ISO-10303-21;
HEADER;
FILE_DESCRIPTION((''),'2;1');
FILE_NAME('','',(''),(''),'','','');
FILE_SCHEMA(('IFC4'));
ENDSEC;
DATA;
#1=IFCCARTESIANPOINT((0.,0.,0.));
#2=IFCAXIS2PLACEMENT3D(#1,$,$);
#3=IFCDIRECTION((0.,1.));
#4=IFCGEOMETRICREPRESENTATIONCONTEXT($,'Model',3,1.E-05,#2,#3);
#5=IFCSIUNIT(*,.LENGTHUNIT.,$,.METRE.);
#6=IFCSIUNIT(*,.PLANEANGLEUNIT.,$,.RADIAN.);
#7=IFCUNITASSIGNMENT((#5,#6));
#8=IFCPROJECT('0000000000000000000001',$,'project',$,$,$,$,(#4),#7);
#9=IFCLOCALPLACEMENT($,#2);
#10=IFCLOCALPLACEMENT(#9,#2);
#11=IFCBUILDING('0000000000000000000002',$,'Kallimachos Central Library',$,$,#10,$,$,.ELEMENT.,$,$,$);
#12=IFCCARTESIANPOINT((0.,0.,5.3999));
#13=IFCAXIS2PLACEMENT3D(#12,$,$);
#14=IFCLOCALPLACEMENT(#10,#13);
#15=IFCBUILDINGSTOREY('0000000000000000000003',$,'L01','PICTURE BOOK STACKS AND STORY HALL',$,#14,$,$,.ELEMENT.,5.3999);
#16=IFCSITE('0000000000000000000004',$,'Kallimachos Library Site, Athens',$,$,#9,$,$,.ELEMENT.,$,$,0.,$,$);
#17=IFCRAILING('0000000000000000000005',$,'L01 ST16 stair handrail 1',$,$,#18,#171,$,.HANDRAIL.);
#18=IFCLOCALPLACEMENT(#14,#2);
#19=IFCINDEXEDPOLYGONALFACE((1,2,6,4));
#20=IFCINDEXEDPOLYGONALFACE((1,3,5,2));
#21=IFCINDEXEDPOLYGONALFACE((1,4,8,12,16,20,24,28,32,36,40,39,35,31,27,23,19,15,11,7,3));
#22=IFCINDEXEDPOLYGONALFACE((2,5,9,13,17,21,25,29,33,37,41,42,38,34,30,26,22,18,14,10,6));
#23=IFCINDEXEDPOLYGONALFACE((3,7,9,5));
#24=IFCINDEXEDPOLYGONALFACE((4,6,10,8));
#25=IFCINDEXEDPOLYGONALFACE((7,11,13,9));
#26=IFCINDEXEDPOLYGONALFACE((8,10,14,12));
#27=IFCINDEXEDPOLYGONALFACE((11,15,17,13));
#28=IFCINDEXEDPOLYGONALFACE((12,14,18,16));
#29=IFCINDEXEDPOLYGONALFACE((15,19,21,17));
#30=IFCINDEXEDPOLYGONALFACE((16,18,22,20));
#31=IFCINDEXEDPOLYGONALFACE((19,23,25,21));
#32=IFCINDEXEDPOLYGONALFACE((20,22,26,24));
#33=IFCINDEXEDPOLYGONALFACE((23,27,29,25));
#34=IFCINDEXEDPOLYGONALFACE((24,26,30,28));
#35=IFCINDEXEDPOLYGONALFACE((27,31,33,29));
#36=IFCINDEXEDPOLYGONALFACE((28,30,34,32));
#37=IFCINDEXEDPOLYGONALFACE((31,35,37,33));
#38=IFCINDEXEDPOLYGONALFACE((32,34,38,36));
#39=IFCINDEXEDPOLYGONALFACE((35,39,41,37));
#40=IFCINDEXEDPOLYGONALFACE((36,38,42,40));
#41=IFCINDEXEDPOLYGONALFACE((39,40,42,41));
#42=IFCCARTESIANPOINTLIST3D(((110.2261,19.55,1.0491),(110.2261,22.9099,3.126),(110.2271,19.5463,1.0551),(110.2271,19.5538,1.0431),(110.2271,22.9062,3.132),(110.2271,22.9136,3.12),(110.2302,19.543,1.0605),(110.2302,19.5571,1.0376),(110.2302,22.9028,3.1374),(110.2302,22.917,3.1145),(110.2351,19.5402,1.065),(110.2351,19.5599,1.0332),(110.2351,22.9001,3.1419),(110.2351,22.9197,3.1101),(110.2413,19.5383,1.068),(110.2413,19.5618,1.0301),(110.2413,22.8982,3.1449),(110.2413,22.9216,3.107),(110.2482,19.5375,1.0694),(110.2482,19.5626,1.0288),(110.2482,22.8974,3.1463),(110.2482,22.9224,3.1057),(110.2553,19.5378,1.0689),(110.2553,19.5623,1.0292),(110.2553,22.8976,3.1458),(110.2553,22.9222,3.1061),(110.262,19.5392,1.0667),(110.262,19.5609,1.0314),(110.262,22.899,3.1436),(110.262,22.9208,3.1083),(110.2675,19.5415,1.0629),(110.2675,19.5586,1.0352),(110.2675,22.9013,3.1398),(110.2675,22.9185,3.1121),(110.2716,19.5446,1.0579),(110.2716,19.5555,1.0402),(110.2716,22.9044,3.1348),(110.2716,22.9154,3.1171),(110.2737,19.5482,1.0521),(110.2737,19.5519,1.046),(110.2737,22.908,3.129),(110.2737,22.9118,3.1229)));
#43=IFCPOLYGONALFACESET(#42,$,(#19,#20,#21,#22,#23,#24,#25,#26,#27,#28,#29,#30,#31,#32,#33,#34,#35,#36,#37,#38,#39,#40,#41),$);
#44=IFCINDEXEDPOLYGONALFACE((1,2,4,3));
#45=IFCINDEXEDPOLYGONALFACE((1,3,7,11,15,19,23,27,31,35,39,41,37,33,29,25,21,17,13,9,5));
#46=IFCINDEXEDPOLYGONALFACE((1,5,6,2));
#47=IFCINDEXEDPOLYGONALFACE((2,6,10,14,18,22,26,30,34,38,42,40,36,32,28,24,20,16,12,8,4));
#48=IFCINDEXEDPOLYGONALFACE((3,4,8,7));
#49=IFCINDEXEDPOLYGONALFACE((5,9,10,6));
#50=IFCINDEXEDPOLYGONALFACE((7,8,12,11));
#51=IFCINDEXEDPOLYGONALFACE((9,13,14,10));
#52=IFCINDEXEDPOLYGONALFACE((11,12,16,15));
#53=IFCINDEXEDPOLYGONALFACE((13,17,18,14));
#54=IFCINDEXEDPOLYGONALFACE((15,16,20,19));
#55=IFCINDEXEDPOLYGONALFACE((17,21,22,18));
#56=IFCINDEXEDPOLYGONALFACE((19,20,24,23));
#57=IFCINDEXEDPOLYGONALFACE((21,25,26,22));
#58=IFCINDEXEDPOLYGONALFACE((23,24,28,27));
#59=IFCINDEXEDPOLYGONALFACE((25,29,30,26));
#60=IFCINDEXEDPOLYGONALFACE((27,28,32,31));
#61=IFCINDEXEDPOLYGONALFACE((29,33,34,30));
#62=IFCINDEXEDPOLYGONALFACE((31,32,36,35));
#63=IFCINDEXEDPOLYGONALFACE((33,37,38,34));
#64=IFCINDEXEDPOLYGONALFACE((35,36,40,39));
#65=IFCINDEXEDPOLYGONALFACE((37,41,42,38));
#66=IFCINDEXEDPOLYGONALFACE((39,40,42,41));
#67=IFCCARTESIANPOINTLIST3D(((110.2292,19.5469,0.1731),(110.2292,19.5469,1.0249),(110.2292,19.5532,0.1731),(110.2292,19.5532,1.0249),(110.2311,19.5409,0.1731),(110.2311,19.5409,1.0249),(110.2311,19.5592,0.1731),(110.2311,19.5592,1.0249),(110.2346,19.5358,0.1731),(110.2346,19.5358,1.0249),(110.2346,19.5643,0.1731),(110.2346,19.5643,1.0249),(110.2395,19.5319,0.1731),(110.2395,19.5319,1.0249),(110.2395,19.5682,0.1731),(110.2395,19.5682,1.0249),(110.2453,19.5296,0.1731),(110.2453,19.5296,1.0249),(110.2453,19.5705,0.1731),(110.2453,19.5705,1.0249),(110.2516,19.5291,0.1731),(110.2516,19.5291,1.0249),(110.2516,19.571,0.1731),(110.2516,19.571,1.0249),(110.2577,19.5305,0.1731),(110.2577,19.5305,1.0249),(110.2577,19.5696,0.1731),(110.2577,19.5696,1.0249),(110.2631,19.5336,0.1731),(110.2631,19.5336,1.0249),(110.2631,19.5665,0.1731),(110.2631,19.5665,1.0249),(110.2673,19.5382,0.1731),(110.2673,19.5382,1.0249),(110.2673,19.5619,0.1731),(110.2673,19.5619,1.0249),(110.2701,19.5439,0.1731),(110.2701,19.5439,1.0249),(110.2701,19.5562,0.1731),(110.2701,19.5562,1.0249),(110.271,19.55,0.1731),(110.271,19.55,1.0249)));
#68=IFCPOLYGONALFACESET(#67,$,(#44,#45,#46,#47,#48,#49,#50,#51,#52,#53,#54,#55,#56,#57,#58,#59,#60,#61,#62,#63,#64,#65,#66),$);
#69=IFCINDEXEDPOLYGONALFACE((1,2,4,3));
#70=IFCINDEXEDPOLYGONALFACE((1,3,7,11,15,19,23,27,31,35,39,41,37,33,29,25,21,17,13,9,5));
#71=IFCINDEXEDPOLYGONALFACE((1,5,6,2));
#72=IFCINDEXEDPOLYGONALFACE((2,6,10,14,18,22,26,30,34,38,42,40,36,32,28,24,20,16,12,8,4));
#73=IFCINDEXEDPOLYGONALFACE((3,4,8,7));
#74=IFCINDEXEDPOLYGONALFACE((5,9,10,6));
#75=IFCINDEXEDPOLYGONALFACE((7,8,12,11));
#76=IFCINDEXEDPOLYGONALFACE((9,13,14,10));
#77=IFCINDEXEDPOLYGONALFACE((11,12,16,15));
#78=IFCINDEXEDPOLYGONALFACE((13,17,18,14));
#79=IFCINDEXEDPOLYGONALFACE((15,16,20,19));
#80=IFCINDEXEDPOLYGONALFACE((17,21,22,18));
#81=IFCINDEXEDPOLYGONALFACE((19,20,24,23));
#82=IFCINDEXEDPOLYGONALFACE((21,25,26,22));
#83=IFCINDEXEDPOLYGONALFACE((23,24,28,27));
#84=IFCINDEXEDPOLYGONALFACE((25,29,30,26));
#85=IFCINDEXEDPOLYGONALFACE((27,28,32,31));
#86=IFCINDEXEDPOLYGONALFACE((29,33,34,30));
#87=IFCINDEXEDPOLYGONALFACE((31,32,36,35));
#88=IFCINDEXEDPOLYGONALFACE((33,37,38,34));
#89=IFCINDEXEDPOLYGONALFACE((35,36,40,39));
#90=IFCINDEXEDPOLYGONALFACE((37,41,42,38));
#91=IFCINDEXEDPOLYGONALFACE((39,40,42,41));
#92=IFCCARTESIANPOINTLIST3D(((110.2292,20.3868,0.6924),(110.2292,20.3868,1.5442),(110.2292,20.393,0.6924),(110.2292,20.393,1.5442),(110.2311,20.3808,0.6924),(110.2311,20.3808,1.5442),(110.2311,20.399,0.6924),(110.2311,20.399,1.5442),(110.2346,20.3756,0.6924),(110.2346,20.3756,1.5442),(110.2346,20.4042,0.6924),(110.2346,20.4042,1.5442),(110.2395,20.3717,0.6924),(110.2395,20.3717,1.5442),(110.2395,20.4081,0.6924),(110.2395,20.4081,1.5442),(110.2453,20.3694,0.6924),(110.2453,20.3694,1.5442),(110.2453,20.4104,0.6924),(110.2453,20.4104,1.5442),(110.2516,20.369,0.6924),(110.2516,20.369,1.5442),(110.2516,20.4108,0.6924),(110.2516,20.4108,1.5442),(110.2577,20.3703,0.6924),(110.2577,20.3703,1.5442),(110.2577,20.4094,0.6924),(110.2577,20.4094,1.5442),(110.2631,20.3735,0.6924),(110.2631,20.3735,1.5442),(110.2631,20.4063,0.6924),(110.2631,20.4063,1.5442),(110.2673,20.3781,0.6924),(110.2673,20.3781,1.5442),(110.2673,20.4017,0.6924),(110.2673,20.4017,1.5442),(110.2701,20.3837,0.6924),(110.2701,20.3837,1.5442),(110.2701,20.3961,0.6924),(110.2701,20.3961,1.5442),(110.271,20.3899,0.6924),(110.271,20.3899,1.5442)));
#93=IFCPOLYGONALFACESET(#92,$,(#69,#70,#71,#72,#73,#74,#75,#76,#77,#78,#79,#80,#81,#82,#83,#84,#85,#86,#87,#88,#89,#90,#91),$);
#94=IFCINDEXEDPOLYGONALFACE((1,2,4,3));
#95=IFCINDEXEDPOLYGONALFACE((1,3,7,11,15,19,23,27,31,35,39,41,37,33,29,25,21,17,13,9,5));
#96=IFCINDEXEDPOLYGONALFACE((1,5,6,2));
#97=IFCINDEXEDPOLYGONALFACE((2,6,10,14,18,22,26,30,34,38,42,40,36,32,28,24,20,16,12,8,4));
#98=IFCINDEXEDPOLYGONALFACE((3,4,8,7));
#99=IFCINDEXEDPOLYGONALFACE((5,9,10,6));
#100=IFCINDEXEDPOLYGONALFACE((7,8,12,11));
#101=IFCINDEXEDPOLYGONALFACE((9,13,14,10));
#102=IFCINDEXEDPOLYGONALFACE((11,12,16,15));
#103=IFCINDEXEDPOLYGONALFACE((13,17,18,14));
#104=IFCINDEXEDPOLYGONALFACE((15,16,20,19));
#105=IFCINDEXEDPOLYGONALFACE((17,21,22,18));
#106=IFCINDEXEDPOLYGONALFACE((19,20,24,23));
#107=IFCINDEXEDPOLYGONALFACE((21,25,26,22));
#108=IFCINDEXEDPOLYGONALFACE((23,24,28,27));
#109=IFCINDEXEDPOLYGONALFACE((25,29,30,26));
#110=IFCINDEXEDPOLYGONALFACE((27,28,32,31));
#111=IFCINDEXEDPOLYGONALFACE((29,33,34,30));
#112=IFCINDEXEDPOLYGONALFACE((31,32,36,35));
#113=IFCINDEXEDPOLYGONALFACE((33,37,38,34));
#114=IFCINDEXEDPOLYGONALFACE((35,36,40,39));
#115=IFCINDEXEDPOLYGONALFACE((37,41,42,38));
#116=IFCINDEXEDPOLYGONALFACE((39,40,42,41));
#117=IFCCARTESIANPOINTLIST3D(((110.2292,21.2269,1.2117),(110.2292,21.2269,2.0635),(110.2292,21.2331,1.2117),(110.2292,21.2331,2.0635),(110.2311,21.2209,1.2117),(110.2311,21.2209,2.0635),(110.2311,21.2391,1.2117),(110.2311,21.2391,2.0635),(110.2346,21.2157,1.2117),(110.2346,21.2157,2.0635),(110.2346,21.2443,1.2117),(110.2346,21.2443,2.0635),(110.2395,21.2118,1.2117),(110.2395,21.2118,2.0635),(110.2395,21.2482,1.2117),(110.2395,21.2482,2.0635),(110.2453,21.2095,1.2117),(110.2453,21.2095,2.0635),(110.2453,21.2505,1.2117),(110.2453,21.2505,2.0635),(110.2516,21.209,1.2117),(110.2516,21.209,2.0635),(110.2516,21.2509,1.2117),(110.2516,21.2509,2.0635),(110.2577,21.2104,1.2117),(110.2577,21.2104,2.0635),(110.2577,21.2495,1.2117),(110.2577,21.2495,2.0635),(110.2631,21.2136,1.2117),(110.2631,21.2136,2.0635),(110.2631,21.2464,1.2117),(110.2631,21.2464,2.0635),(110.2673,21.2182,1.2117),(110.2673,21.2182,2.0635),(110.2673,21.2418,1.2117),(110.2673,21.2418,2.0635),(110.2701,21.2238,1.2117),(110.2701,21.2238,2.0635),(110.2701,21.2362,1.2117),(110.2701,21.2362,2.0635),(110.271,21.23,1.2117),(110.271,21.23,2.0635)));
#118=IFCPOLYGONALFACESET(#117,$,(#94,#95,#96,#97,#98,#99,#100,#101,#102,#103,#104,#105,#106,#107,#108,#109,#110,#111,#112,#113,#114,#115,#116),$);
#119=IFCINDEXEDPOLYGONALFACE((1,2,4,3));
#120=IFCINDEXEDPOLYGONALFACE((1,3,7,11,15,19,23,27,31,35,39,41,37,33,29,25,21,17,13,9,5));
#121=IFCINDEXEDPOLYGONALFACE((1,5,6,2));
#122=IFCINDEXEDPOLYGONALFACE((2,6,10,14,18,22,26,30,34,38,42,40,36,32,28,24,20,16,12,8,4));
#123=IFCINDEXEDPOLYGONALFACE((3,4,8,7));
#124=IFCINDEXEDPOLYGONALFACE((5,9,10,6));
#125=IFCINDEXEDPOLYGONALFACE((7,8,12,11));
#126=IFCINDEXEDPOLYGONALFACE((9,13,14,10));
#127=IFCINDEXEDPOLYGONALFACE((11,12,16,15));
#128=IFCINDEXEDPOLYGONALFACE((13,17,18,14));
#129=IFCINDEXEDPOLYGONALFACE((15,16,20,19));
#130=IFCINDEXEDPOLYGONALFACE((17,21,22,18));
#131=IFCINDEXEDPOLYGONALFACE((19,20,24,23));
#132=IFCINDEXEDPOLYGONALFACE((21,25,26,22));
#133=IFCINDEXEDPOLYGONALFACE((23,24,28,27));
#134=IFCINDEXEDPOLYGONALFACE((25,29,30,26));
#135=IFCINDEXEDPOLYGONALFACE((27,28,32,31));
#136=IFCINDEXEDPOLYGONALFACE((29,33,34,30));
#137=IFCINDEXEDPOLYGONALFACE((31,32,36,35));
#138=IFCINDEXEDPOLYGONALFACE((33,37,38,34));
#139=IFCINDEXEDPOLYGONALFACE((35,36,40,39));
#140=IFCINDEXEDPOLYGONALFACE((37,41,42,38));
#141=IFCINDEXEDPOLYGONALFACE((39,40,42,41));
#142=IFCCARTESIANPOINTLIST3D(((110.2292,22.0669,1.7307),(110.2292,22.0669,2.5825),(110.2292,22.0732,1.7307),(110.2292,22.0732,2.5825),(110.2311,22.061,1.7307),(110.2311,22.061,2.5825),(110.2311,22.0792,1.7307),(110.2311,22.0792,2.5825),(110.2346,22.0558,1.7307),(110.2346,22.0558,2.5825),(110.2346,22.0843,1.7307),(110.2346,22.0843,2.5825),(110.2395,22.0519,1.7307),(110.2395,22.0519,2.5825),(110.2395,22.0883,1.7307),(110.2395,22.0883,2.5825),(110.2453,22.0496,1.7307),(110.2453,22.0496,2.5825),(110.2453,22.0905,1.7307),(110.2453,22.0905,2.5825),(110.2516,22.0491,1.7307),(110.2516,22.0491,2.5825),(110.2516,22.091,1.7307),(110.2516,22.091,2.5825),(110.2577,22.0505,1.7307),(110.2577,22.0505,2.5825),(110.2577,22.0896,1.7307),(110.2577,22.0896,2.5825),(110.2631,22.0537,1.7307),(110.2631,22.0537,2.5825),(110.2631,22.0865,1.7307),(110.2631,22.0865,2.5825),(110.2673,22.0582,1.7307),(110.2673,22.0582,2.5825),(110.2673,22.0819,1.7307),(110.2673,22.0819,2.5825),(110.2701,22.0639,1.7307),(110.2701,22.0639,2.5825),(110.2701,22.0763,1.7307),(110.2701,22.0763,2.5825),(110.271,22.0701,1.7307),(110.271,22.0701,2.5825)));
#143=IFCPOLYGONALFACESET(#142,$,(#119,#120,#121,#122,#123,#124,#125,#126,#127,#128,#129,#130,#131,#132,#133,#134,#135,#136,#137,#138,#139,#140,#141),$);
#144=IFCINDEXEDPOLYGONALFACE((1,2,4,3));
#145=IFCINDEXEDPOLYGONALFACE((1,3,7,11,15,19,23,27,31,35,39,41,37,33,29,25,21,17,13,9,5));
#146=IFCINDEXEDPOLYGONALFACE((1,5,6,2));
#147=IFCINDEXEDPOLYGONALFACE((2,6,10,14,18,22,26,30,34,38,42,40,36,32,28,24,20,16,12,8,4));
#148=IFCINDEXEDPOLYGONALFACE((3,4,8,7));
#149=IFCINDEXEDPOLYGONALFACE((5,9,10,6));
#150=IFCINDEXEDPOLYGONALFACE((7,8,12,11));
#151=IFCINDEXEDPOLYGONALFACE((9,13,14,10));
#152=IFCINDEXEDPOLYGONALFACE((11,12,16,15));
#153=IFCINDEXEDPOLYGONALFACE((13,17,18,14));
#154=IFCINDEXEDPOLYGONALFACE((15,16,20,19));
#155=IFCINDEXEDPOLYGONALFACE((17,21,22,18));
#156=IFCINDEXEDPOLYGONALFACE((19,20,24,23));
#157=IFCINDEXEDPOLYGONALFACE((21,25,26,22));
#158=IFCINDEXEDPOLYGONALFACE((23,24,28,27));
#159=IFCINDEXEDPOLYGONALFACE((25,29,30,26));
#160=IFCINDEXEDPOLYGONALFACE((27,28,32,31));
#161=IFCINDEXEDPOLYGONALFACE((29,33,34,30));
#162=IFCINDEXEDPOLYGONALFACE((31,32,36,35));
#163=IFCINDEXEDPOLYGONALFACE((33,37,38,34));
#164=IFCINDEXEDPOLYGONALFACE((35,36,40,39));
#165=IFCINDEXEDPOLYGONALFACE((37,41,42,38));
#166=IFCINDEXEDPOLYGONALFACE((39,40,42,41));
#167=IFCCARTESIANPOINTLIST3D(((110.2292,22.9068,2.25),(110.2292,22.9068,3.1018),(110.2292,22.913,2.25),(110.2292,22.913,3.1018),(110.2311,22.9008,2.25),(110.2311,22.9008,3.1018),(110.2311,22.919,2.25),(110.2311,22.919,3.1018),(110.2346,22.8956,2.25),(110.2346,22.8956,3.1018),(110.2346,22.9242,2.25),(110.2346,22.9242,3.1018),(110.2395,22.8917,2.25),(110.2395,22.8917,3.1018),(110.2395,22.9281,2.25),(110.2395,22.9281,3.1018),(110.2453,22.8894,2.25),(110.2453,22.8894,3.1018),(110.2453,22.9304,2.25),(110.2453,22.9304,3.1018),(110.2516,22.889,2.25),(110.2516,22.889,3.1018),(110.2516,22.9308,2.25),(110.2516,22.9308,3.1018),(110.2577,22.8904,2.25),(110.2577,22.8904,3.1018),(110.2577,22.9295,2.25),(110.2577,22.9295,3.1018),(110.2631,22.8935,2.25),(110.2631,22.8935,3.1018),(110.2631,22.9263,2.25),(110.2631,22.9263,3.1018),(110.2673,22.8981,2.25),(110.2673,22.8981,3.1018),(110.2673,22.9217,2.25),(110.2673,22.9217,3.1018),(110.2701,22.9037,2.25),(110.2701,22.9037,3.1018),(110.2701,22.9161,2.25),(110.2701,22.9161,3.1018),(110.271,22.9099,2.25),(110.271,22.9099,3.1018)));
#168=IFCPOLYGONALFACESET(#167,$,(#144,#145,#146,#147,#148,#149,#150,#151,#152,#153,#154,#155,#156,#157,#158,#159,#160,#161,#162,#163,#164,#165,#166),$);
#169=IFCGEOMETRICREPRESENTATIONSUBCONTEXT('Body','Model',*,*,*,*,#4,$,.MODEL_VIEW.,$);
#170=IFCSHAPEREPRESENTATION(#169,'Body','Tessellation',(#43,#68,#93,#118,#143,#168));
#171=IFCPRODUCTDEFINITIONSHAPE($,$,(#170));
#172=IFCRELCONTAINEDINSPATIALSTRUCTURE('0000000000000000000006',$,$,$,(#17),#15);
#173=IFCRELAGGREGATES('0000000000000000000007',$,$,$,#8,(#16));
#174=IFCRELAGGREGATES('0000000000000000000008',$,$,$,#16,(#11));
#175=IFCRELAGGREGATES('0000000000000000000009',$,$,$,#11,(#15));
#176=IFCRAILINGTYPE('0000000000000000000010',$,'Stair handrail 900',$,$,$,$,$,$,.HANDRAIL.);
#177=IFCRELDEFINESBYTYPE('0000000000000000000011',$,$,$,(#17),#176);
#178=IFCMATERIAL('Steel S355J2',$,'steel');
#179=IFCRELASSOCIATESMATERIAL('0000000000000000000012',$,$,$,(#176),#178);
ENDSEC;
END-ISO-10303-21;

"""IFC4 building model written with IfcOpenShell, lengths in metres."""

from ifc_helpers import new_model, si_unit, direction, frame, origin, origin_2d, place, context, subcontext, project, spatial, circle, extrude, material, type_object, element, save


model = new_model("IFC4")

# Units and contexts
model_context = context("Model", 3, precision=1e-05, world=origin(), true_north=direction((0.0, 1.0)))
body_context = subcontext(model_context, "Body", "Model", "MODEL_VIEW")
ifc_project = project(units=[si_unit("LENGTHUNIT", "METRE"), si_unit("PLANEANGLEUNIT", "RADIAN")], contexts=[model_context])

# Site, building, storey
site_placement = place(None, origin())
site = spatial("IfcSite", under=ifc_project, at=site_placement, Name="Kallimachos Library Site, Athens", CompositionType="ELEMENT", RefElevation=0.0)
building_placement = place(site_placement, origin())
building = spatial("IfcBuilding", under=site, at=building_placement, Name="Kallimachos Central Library", CompositionType="ELEMENT")
storey_placement = place(building_placement, frame((0.0, 0.0, 5.3999)))
storey = spatial("IfcBuildingStorey", under=building, at=storey_placement, Name="L01", Description="PICTURE BOOK STACKS AND STORY HALL", CompositionType="ELEMENT", Elevation=5.3999)

# Railing
ifc_material_1 = material(Name="Steel S355J2", Category="steel")
railing_type_1 = type_object("IfcRailingType", Name="Stair handrail 900", PredefinedType="HANDRAIL", material=ifc_material_1)
railing_1_placement = place(storey_placement, frame((110.25, 19.55, 0.1731)))
element("IfcRailing", 1, at=railing_1_placement, inside=storey, type_object=railing_type_1, Name="L01 ST16 stair handrail 1", PredefinedType="HANDRAIL", context=body_context, shape_type="SweptSolid", body=[
    extrude(circle(Radius=0.0239, at=origin_2d()), frame((0.0, 0.0, 0.876), z_axis=(0.0, 0.850606, 0.525803), x_axis=(-1.0, 0.0, 0.0)), (0.0, 0.0, 1.0), 3.95),
    extrude(circle(Radius=0.021, at=origin_2d()), origin(), (0.0, 0.0, 1.0), 0.8518),
    extrude(circle(Radius=0.021, at=origin_2d()), frame((0.0, 0.8398, 0.5193)), (0.0, 0.0, 1.0), 0.8518),
    extrude(circle(Radius=0.021, at=origin_2d()), frame((0.0, 1.6799, 1.0386)), (0.0, 0.0, 1.0), 0.8518),
    extrude(circle(Radius=0.021, at=origin_2d()), frame((0.0, 2.52, 1.5576)), (0.0, 0.0, 1.0), 0.8518),
    extrude(circle(Radius=0.021, at=origin_2d()), frame((0.0, 3.3599, 2.0769)), (0.0, 0.0, 1.0), 0.8518),
])

save(model, "model.ifc")
